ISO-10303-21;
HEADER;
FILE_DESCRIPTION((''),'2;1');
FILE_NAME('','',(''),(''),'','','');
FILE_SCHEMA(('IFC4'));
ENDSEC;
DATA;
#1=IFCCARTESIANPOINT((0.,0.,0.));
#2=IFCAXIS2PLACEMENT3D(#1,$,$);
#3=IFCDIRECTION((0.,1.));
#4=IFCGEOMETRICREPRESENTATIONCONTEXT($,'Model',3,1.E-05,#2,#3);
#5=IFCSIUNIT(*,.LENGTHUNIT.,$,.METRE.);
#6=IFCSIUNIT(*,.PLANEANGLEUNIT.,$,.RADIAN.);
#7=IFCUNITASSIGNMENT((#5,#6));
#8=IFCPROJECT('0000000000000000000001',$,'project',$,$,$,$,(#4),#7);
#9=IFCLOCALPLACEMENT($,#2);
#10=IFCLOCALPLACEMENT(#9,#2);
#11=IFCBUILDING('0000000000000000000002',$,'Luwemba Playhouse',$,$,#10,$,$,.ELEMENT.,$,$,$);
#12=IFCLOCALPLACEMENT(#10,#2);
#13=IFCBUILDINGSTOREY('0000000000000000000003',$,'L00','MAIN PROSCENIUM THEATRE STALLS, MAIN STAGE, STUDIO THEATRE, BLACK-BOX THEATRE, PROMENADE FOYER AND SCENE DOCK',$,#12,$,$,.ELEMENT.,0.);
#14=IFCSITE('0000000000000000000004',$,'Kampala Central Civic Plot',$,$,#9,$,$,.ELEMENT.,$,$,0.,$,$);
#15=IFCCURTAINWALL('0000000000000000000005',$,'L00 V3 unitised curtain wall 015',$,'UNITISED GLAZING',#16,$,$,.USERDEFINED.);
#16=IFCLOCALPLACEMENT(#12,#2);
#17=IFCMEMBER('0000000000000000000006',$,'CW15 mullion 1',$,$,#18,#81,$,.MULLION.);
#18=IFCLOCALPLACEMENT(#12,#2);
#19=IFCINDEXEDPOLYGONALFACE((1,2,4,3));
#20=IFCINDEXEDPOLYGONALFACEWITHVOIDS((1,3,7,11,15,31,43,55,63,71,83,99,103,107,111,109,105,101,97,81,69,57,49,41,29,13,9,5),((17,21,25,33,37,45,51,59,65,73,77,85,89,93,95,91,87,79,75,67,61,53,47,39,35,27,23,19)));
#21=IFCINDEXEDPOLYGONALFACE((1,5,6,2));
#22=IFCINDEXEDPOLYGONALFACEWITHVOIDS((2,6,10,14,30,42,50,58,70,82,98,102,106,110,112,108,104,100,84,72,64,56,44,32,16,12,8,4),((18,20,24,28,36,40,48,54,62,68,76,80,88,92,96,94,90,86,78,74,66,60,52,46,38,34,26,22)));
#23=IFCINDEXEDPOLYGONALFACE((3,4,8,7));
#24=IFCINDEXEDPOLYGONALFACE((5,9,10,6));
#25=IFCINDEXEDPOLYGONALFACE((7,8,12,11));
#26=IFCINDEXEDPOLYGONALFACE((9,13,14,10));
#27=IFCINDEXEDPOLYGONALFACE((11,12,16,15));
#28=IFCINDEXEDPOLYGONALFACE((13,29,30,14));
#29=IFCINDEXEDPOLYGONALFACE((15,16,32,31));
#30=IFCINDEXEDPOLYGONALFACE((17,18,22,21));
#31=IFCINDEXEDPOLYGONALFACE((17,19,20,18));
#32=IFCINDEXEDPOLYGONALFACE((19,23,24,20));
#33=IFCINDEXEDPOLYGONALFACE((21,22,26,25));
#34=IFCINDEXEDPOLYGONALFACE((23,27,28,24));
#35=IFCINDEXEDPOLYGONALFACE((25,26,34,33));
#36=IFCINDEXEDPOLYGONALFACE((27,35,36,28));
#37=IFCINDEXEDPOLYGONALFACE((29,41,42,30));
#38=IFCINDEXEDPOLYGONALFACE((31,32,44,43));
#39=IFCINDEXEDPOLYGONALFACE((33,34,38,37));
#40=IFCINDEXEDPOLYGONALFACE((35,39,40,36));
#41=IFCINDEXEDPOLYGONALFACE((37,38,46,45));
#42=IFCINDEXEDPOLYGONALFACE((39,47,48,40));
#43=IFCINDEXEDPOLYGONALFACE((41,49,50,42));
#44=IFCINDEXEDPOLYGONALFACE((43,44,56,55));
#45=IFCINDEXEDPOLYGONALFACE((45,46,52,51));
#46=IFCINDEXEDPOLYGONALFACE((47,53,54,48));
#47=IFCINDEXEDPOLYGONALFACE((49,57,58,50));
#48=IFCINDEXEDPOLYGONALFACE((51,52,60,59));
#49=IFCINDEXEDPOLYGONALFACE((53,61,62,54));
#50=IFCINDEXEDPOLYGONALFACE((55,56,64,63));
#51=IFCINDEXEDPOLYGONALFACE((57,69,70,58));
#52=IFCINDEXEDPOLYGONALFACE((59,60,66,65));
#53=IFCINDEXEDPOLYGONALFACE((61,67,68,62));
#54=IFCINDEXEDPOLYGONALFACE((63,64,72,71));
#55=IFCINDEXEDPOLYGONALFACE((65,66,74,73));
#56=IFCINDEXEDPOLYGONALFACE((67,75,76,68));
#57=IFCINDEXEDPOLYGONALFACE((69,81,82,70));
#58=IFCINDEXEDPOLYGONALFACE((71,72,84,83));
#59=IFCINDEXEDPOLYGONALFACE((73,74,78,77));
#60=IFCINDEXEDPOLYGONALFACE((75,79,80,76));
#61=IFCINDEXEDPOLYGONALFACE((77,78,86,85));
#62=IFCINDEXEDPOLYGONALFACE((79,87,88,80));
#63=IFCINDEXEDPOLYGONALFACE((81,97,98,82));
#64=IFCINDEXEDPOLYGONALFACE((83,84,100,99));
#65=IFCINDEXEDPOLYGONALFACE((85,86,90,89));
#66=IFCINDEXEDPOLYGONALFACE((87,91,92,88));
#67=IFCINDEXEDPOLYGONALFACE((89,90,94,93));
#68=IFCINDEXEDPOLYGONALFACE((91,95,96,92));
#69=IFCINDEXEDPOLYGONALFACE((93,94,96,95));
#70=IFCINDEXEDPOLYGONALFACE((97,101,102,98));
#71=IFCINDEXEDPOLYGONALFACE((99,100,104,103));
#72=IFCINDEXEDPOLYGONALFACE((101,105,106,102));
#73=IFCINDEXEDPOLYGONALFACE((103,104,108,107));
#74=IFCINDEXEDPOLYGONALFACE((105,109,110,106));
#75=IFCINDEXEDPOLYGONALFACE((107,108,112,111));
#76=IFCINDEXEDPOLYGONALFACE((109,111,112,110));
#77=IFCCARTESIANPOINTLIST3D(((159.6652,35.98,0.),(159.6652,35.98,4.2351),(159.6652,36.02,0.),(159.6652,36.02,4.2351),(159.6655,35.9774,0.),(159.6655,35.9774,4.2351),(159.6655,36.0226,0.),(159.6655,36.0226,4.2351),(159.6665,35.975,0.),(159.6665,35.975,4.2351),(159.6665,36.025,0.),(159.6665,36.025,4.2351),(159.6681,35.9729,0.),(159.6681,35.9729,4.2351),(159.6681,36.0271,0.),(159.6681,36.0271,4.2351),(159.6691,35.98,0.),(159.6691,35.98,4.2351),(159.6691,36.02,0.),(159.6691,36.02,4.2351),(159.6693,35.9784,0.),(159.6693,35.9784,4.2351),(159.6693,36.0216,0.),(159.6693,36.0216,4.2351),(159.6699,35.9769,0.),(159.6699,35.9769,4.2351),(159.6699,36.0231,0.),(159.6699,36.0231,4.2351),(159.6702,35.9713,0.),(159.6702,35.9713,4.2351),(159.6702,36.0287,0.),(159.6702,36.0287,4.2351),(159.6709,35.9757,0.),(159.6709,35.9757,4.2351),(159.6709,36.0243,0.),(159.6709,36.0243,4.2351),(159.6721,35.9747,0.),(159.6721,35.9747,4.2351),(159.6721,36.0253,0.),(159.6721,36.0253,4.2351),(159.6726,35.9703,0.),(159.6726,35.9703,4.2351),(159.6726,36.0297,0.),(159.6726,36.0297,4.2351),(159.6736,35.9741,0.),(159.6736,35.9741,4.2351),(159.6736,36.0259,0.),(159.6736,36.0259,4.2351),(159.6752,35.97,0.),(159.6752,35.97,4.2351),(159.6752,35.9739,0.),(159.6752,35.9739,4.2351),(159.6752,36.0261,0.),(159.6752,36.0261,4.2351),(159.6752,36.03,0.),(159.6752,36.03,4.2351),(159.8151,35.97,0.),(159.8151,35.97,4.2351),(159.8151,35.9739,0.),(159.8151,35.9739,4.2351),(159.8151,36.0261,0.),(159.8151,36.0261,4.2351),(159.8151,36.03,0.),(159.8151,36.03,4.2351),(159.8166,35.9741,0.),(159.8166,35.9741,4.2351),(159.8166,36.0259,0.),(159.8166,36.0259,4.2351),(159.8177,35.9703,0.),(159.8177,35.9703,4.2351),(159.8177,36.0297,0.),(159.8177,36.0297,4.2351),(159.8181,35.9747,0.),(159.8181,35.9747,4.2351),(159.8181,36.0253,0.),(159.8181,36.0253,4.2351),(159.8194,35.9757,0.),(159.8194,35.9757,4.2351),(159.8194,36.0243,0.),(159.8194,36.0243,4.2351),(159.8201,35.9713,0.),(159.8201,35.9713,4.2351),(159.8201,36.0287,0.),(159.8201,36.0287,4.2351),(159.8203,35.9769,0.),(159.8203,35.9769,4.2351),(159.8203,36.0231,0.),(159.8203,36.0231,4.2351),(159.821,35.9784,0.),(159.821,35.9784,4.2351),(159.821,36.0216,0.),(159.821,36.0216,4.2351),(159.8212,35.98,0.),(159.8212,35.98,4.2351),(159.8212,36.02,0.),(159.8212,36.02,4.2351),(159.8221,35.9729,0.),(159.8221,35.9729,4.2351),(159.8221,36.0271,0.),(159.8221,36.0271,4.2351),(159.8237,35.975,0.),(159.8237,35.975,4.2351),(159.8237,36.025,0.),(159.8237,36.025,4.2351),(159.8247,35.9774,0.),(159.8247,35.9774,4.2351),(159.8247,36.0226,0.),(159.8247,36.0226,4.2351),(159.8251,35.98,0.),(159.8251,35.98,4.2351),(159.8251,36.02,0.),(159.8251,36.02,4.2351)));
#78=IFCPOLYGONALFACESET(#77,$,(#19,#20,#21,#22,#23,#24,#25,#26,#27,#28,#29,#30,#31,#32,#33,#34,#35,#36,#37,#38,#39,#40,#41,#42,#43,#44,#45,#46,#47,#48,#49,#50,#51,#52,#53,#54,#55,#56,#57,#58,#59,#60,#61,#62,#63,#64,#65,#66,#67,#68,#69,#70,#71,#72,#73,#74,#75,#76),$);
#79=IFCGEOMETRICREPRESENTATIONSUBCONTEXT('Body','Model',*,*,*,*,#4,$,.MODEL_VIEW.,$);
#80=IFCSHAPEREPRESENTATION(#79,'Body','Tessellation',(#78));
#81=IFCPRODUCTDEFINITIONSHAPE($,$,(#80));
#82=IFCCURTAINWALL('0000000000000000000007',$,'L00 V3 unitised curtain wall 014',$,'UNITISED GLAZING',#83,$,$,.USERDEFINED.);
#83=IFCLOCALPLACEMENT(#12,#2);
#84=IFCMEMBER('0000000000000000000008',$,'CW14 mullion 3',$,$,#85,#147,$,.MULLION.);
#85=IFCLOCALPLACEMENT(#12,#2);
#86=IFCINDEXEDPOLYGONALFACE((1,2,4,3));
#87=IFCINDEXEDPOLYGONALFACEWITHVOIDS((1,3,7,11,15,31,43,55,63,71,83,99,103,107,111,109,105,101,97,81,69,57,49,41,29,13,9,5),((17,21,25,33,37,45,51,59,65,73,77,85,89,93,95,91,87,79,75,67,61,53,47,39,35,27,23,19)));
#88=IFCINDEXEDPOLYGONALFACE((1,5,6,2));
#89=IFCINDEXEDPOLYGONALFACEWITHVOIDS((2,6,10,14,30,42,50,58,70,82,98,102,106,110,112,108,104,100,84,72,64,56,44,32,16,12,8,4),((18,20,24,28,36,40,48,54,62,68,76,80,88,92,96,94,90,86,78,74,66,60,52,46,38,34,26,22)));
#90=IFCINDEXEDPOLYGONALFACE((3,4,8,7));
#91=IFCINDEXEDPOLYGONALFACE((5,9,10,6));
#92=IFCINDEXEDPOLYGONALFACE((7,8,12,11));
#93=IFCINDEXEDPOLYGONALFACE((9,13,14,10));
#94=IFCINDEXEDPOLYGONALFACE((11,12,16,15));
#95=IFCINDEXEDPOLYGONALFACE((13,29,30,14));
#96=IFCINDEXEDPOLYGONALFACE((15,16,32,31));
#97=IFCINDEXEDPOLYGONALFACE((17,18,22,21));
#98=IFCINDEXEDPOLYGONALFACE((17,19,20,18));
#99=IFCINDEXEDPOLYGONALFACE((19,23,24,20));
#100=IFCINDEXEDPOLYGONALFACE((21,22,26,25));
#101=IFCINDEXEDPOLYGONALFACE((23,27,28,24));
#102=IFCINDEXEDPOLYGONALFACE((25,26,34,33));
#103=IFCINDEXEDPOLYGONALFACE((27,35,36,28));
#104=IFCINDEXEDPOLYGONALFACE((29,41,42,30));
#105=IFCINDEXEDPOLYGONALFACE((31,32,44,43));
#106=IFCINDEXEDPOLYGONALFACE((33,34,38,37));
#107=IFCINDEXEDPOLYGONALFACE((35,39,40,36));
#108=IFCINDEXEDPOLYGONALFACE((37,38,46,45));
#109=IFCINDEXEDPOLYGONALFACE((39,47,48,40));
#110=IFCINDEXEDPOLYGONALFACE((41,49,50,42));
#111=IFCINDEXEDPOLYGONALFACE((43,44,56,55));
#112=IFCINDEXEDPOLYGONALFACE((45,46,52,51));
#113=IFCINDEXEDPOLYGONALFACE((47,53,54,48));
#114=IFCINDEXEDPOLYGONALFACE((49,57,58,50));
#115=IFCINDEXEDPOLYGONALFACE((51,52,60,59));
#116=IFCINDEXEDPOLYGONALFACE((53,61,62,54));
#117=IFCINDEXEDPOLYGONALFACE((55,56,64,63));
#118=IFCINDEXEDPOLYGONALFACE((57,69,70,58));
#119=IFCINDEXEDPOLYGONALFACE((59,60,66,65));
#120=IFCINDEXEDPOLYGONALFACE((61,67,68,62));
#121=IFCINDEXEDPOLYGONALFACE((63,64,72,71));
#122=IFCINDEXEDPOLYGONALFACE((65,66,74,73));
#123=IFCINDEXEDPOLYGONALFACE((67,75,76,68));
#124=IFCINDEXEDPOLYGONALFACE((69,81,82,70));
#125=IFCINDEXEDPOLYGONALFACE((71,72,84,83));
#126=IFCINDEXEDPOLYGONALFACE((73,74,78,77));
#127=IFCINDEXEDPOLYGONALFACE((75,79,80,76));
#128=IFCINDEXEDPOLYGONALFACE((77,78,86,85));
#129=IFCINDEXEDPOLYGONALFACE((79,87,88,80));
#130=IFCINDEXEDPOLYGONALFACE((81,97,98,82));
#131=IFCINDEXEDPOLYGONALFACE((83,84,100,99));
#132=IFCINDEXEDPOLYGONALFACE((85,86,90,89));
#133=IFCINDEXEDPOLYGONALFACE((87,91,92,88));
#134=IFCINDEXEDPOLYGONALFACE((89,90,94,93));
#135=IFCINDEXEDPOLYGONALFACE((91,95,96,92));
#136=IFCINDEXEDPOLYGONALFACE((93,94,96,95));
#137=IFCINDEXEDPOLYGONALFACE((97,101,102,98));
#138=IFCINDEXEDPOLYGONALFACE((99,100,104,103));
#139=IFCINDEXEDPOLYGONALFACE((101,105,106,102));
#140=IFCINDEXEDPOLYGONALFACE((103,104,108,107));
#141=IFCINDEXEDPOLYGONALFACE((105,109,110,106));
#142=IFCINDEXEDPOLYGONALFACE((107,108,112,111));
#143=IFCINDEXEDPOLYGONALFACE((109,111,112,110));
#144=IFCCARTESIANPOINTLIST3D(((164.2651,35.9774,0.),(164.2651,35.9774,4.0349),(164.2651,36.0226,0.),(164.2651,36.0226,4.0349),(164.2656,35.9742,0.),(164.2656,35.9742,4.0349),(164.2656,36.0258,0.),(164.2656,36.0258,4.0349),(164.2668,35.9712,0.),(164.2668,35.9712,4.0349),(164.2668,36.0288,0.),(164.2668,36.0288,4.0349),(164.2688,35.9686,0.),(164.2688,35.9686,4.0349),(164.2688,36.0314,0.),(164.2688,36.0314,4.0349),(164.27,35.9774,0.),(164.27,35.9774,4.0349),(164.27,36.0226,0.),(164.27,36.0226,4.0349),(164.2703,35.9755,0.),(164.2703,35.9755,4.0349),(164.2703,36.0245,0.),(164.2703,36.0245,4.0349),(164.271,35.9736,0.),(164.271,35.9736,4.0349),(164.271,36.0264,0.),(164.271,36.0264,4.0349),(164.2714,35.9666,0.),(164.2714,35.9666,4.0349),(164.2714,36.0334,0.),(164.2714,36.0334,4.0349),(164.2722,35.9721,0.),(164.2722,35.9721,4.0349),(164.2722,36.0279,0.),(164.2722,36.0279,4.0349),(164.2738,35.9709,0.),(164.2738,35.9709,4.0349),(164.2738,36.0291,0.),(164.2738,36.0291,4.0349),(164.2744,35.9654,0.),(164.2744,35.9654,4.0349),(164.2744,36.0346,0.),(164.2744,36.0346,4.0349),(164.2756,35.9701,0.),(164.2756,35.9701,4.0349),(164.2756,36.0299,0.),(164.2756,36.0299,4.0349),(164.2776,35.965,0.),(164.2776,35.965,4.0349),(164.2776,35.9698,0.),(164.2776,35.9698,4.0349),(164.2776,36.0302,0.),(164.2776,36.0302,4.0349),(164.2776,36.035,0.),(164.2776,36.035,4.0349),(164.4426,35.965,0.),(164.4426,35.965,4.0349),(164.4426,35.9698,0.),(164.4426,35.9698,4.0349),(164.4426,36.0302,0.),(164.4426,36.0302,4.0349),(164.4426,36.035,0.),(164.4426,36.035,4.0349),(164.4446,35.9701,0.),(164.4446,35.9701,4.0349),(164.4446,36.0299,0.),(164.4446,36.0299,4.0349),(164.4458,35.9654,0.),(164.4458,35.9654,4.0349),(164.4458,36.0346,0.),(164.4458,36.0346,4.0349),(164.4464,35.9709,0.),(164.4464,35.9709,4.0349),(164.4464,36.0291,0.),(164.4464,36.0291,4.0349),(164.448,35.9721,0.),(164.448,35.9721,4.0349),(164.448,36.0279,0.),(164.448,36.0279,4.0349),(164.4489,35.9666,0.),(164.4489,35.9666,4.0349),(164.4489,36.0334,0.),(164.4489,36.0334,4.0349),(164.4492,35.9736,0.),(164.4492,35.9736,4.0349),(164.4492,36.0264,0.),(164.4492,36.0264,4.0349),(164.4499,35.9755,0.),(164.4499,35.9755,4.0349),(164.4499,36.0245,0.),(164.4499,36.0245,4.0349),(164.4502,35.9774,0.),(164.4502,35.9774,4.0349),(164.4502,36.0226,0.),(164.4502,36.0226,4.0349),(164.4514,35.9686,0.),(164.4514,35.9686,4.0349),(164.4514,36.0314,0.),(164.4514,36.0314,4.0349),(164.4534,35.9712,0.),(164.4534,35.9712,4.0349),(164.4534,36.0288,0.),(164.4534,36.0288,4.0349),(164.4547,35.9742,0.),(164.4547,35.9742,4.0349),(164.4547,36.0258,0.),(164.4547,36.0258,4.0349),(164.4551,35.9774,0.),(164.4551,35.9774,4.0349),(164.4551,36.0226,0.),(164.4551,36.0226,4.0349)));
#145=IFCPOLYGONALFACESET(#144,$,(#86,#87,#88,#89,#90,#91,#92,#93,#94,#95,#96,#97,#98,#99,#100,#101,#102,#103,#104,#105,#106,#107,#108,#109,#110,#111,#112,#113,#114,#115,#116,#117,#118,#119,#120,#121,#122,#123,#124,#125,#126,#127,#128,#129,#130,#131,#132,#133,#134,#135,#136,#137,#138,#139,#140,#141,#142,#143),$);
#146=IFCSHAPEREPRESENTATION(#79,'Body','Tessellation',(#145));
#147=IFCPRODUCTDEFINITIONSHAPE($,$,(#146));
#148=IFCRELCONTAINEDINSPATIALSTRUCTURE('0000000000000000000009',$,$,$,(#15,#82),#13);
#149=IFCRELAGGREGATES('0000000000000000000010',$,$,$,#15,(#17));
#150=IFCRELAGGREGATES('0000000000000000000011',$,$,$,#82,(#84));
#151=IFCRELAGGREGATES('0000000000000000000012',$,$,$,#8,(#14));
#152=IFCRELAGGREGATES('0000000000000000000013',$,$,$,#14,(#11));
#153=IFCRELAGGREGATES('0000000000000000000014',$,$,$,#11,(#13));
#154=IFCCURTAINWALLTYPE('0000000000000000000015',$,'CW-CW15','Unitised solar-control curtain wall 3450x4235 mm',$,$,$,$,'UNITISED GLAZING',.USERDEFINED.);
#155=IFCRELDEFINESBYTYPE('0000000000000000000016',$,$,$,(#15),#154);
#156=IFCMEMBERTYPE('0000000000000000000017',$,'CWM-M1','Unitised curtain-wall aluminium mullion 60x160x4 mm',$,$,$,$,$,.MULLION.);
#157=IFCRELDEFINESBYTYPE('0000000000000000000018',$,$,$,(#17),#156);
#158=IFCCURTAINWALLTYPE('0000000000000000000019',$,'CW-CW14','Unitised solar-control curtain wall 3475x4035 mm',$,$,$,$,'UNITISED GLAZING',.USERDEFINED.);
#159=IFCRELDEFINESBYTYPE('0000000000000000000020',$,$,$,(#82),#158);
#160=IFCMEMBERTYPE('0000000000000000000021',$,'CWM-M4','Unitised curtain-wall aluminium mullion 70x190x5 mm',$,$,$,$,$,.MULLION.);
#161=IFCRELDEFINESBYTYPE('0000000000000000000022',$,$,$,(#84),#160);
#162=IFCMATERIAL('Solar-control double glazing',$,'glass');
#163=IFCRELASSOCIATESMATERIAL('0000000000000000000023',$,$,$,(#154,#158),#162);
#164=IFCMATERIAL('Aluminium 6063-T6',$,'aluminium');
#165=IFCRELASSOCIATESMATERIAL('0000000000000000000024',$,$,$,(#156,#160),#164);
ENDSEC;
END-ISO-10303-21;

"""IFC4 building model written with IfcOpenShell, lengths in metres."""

from ifc_helpers import new_model, si_unit, direction, frame, origin, origin_2d, place, context, subcontext, project, spatial, hollow_rectangle, extrude, material, material_profile, profile_set, type_object, element, aggregate, save


model = new_model("IFC4")

# Units and contexts
model_context = context("Model", 3, precision=1e-05, world=origin(), true_north=direction((0.0, 1.0)))
body_context = subcontext(model_context, "Body", "Model", "MODEL_VIEW")
ifc_project = project(units=[si_unit("LENGTHUNIT", "METRE"), si_unit("PLANEANGLEUNIT", "RADIAN")], contexts=[model_context])

# Site, building, storey
site_placement = place(None, origin())
site = spatial("IfcSite", under=ifc_project, at=site_placement, Name="Kampala Central Civic Plot", CompositionType="ELEMENT", RefElevation=0.0)
building_placement = place(site_placement, origin())
building = spatial("IfcBuilding", under=site, at=building_placement, Name="Luwemba Playhouse", CompositionType="ELEMENT")
storey_placement = place(building_placement, origin())
storey = spatial("IfcBuildingStorey", under=building, at=storey_placement, Name="L00", Description="MAIN PROSCENIUM THEATRE STALLS, MAIN STAGE, STUDIO THEATRE, BLACK-BOX THEATRE, PROMENADE FOYER AND SCENE DOCK", CompositionType="ELEMENT", Elevation=0.0)

# Curtain walls, members
ifc_material_1 = material(Name="Solar-control double glazing", Category="glass")
curtain_wall_type_1 = type_object("IfcCurtainWallType", Name="CW-CW15", Description="Unitised solar-control curtain wall 3450x4235 mm", ElementType="UNITISED GLAZING", PredefinedType="USERDEFINED", material=ifc_material_1)
curtain_wall_1_placement = place(storey_placement, origin())
curtain_wall_1 = element("IfcCurtainWall", 1, at=curtain_wall_1_placement, inside=storey, type_object=curtain_wall_type_1, Name="L00 V3 unitised curtain wall 015", ObjectType="UNITISED GLAZING", PredefinedType="USERDEFINED")
ifc_material_2 = material(Name="Aluminium 6063-T6", Category="aluminium")
ifc_material_profile_1 = material_profile(ifc_material_2, hollow_rectangle(XDim=0.0601, YDim=0.1599, WallThickness=0.0039, InnerFilletRadius=0.0061, OuterFilletRadius=0.01, at=origin_2d()))
ifc_profile_set_1 = profile_set([ifc_material_profile_1], Name="Aluminium 6063-T6")
member_type_1 = type_object("IfcMemberType", Name="CWM-M1", Description="Unitised curtain-wall aluminium mullion 60x160x4 mm", PredefinedType="MULLION", material=ifc_profile_set_1)
member_1_placement = place(storey_placement, frame((159.7451, 36.0, 0.0), z_axis=(0.0, 0.0, 1.0), x_axis=(0.0, -1.0, 0.0)))
member_1 = element("IfcMember", 2, at=member_1_placement, type_object=member_type_1, Name="CW15 mullion 1", PredefinedType="MULLION", context=body_context, shape_type="SweptSolid", body=[
    extrude(hollow_rectangle(XDim=0.0601, YDim=0.1599, WallThickness=0.0039, InnerFilletRadius=0.0061, OuterFilletRadius=0.01, at=origin_2d()), origin(), (0.0, 0.0, 1.0), 4.2351),
])
curtain_wall_type_2 = type_object("IfcCurtainWallType", Name="CW-CW14", Description="Unitised solar-control curtain wall 3475x4035 mm", ElementType="UNITISED GLAZING", PredefinedType="USERDEFINED", material=ifc_material_1)
curtain_wall_2_placement = place(storey_placement, origin())
curtain_wall_2 = element("IfcCurtainWall", 3, at=curtain_wall_2_placement, inside=storey, type_object=curtain_wall_type_2, Name="L00 V3 unitised curtain wall 014", ObjectType="UNITISED GLAZING", PredefinedType="USERDEFINED")
ifc_material_profile_2 = material_profile(ifc_material_2, hollow_rectangle(XDim=0.0701, YDim=0.1899, WallThickness=0.0049, InnerFilletRadius=0.0076, OuterFilletRadius=0.0125, at=origin_2d()))
ifc_profile_set_2 = profile_set([ifc_material_profile_2], Name="Aluminium 6063-T6")
member_type_2 = type_object("IfcMemberType", Name="CWM-M4", Description="Unitised curtain-wall aluminium mullion 70x190x5 mm", PredefinedType="MULLION", material=ifc_profile_set_2)
member_2_placement = place(storey_placement, frame((164.3601, 36.0, 0.0), z_axis=(0.0, 0.0, 1.0), x_axis=(0.0, -1.0, 0.0)))
member_2 = element("IfcMember", 4, at=member_2_placement, type_object=member_type_2, Name="CW14 mullion 3", PredefinedType="MULLION", context=body_context, shape_type="SweptSolid", body=[
    extrude(hollow_rectangle(XDim=0.0701, YDim=0.1899, WallThickness=0.0049, InnerFilletRadius=0.0076, OuterFilletRadius=0.0125, at=origin_2d()), origin(), (0.0, 0.0, 1.0), 4.0349),
])

aggregate(curtain_wall_1, [member_1])

aggregate(curtain_wall_2, [member_2])

save(model, "model.ifc")
